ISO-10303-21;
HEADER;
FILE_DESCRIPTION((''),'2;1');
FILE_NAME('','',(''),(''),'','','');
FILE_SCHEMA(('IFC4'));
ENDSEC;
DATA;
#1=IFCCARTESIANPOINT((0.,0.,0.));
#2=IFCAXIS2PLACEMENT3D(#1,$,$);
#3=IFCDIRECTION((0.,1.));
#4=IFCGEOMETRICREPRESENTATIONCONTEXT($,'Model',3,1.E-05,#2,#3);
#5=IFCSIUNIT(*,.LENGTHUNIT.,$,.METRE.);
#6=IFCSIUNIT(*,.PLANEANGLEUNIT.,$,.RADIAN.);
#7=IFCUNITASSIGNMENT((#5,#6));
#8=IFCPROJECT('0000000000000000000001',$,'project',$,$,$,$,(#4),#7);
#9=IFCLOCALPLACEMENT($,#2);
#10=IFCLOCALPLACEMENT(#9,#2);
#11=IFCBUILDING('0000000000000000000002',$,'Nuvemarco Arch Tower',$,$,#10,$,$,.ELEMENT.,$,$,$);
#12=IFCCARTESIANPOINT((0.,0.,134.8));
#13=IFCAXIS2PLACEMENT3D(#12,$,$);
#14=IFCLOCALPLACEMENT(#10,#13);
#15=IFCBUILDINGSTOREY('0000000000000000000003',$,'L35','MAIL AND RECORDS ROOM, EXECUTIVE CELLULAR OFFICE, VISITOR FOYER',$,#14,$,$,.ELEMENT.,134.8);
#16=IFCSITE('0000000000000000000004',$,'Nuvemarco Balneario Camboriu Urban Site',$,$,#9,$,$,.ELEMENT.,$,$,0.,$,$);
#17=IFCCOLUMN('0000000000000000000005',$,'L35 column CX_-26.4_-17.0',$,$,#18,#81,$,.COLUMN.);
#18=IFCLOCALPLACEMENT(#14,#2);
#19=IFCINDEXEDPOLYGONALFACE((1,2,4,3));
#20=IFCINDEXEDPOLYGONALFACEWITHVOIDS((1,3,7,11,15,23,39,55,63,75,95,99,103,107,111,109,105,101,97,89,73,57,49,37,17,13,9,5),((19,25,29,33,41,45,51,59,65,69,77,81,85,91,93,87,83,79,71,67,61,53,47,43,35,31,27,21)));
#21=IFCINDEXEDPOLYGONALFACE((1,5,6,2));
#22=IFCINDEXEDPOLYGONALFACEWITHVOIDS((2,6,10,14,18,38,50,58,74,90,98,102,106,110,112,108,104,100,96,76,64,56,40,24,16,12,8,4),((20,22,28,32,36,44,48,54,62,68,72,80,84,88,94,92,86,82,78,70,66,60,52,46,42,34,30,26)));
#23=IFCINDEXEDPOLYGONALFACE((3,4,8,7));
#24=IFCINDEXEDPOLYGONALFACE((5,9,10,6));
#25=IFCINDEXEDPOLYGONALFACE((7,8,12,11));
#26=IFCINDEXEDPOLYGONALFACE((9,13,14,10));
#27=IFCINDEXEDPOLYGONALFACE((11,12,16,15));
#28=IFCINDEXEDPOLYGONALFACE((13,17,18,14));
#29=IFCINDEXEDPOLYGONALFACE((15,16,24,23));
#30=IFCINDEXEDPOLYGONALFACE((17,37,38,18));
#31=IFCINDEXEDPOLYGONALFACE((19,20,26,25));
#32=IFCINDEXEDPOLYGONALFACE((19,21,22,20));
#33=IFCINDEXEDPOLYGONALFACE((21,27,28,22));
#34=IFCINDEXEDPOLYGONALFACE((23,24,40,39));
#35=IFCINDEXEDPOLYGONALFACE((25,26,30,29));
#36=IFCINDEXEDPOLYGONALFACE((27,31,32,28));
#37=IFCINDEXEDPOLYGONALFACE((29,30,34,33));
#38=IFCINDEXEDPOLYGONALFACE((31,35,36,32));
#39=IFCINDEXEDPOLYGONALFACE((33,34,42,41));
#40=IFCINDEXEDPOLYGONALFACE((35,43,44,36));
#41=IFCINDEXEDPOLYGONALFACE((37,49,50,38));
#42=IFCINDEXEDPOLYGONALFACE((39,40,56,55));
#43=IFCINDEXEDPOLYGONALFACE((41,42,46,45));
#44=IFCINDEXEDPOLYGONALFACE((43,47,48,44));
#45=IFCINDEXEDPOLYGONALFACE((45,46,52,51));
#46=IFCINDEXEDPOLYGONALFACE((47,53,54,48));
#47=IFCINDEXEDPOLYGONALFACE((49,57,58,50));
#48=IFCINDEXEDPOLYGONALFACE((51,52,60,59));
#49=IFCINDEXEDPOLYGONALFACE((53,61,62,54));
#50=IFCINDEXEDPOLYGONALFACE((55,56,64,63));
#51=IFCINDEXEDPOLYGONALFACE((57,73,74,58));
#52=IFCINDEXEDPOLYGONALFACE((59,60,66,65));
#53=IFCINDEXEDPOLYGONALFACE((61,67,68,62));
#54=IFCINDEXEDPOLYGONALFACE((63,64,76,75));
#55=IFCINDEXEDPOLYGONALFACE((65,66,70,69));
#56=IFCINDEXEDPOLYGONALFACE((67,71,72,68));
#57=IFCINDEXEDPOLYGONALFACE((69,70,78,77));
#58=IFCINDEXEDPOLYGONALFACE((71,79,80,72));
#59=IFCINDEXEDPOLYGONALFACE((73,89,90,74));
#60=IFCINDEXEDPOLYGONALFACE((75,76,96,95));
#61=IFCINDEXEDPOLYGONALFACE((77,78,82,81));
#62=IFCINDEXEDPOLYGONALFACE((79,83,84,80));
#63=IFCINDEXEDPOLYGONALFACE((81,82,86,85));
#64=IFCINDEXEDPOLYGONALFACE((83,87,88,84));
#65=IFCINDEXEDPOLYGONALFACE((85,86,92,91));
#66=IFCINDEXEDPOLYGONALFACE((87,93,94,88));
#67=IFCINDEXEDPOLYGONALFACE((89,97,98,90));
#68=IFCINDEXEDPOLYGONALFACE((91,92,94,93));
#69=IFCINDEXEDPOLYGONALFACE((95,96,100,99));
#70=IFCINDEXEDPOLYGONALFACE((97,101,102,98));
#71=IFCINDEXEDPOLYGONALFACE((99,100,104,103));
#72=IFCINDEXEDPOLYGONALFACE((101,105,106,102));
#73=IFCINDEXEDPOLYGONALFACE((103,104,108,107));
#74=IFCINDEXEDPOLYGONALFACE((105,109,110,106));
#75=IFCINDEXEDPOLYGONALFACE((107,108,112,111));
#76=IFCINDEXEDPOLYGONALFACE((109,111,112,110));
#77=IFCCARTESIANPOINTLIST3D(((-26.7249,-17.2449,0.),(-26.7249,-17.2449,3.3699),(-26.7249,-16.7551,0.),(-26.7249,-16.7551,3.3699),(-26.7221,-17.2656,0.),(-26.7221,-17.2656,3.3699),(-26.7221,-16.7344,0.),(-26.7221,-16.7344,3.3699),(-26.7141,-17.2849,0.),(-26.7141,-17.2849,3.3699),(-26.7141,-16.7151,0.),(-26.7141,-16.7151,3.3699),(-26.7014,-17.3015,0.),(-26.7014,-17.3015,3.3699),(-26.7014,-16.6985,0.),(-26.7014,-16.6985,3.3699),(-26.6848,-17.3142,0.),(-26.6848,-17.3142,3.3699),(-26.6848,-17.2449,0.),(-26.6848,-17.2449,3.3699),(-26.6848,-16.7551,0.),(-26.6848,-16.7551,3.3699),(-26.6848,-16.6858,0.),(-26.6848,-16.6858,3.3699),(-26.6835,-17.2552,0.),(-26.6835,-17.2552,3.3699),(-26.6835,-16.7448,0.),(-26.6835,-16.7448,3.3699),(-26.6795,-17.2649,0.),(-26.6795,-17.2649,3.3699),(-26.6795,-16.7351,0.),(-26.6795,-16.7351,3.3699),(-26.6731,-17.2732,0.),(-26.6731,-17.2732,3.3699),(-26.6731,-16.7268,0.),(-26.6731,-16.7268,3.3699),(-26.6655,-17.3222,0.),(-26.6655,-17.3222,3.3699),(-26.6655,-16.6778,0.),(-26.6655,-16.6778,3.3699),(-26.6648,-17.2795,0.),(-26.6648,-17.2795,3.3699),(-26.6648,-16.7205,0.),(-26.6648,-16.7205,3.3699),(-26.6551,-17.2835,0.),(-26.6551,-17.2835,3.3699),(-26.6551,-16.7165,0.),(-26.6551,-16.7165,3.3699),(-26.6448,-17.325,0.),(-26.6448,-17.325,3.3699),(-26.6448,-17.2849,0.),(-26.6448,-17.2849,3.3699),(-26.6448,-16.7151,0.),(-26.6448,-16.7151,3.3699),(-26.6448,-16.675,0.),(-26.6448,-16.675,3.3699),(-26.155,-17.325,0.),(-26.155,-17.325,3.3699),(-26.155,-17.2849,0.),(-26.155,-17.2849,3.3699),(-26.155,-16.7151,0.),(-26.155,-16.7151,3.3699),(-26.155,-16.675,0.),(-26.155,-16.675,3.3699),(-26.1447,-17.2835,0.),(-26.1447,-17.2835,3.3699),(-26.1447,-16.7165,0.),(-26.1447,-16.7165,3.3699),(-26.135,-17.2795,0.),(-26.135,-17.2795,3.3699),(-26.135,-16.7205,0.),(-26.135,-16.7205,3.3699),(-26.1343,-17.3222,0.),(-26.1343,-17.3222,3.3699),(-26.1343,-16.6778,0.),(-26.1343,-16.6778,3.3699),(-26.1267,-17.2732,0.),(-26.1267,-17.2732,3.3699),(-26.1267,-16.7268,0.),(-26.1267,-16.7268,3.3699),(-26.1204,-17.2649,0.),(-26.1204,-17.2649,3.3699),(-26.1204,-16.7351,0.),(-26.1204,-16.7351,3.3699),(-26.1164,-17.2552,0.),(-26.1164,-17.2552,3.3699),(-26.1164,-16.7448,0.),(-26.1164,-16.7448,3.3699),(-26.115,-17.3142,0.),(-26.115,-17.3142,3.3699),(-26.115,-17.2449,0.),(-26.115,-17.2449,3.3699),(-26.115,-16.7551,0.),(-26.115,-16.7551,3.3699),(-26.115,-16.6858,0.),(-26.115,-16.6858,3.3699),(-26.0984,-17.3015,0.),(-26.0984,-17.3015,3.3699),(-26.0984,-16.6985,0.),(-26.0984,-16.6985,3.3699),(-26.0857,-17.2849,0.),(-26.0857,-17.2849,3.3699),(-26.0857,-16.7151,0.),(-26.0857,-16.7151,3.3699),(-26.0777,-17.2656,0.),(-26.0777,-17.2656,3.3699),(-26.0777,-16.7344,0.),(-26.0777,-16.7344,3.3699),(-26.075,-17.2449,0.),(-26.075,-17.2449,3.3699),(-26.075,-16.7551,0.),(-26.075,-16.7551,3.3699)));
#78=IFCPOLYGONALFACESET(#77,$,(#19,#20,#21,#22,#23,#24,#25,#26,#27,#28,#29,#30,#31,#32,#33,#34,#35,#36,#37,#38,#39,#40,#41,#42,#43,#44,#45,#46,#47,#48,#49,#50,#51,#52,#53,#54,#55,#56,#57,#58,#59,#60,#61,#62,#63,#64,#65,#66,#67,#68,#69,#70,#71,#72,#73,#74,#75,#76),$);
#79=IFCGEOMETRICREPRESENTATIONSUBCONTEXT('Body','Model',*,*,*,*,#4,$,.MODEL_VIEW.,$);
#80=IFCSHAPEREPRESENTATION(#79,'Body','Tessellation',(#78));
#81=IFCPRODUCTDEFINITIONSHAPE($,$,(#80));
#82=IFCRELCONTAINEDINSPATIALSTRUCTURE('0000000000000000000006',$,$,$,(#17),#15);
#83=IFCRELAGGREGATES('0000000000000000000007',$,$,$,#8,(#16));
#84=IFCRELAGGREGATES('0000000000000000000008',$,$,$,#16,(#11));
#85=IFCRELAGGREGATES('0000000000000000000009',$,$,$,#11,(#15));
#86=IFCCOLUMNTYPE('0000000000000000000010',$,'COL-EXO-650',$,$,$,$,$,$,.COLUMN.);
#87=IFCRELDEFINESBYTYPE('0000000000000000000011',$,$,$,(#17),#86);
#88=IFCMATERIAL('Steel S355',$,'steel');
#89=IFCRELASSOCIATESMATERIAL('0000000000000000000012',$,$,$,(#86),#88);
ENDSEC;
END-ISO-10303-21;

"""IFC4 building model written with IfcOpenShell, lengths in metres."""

from ifc_helpers import new_model, si_unit, direction, frame, origin, origin_2d, place, context, subcontext, project, spatial, hollow_rectangle, extrude, material, material_profile, profile_set, type_object, element, save


model = new_model("IFC4")

# Units and contexts
model_context = context("Model", 3, precision=1e-05, world=origin(), true_north=direction((0.0, 1.0)))
body_context = subcontext(model_context, "Body", "Model", "MODEL_VIEW")
ifc_project = project(units=[si_unit("LENGTHUNIT", "METRE"), si_unit("PLANEANGLEUNIT", "RADIAN")], contexts=[model_context])

# Site, building, storey
site_placement = place(None, origin())
site = spatial("IfcSite", under=ifc_project, at=site_placement, Name="Nuvemarco Balneario Camboriu Urban Site", CompositionType="ELEMENT", RefElevation=0.0)
building_placement = place(site_placement, origin())
building = spatial("IfcBuilding", under=site, at=building_placement, Name="Nuvemarco Arch Tower", CompositionType="ELEMENT")
storey_placement = place(building_placement, frame((0.0, 0.0, 134.8)))
storey = spatial("IfcBuildingStorey", under=building, at=storey_placement, Name="L35", Description="MAIL AND RECORDS ROOM, EXECUTIVE CELLULAR OFFICE, VISITOR FOYER", CompositionType="ELEMENT", Elevation=134.8)

# Column
ifc_material_1 = material(Name="Steel S355", Category="steel")
ifc_material_profile = material_profile(ifc_material_1, hollow_rectangle(XDim=0.6499, YDim=0.6499, WallThickness=0.04, InnerFilletRadius=0.04, OuterFilletRadius=0.0801, at=origin_2d()), Name="SHS650x650x40")
ifc_profile_set = profile_set([ifc_material_profile], Name="Steel S355")
column_type = type_object("IfcColumnType", Name="COL-EXO-650", PredefinedType="COLUMN", material=ifc_profile_set)
column_placement = place(storey_placement, frame((-26.3999, -17.0, 0.0), z_axis=(0.0, 0.0, 1.0), x_axis=(1.0, 0.0, 0.0)))
element("IfcColumn", 1, at=column_placement, inside=storey, type_object=column_type, Name="L35 column CX_-26.4_-17.0", PredefinedType="COLUMN", context=body_context, shape_type="SweptSolid", body=[
    extrude(hollow_rectangle(XDim=0.6499, YDim=0.6499, WallThickness=0.04, InnerFilletRadius=0.04, OuterFilletRadius=0.0801, at=origin_2d()), origin(), (0.0, 0.0, 1.0), 3.3699),
])

save(model, "model.ifc")
